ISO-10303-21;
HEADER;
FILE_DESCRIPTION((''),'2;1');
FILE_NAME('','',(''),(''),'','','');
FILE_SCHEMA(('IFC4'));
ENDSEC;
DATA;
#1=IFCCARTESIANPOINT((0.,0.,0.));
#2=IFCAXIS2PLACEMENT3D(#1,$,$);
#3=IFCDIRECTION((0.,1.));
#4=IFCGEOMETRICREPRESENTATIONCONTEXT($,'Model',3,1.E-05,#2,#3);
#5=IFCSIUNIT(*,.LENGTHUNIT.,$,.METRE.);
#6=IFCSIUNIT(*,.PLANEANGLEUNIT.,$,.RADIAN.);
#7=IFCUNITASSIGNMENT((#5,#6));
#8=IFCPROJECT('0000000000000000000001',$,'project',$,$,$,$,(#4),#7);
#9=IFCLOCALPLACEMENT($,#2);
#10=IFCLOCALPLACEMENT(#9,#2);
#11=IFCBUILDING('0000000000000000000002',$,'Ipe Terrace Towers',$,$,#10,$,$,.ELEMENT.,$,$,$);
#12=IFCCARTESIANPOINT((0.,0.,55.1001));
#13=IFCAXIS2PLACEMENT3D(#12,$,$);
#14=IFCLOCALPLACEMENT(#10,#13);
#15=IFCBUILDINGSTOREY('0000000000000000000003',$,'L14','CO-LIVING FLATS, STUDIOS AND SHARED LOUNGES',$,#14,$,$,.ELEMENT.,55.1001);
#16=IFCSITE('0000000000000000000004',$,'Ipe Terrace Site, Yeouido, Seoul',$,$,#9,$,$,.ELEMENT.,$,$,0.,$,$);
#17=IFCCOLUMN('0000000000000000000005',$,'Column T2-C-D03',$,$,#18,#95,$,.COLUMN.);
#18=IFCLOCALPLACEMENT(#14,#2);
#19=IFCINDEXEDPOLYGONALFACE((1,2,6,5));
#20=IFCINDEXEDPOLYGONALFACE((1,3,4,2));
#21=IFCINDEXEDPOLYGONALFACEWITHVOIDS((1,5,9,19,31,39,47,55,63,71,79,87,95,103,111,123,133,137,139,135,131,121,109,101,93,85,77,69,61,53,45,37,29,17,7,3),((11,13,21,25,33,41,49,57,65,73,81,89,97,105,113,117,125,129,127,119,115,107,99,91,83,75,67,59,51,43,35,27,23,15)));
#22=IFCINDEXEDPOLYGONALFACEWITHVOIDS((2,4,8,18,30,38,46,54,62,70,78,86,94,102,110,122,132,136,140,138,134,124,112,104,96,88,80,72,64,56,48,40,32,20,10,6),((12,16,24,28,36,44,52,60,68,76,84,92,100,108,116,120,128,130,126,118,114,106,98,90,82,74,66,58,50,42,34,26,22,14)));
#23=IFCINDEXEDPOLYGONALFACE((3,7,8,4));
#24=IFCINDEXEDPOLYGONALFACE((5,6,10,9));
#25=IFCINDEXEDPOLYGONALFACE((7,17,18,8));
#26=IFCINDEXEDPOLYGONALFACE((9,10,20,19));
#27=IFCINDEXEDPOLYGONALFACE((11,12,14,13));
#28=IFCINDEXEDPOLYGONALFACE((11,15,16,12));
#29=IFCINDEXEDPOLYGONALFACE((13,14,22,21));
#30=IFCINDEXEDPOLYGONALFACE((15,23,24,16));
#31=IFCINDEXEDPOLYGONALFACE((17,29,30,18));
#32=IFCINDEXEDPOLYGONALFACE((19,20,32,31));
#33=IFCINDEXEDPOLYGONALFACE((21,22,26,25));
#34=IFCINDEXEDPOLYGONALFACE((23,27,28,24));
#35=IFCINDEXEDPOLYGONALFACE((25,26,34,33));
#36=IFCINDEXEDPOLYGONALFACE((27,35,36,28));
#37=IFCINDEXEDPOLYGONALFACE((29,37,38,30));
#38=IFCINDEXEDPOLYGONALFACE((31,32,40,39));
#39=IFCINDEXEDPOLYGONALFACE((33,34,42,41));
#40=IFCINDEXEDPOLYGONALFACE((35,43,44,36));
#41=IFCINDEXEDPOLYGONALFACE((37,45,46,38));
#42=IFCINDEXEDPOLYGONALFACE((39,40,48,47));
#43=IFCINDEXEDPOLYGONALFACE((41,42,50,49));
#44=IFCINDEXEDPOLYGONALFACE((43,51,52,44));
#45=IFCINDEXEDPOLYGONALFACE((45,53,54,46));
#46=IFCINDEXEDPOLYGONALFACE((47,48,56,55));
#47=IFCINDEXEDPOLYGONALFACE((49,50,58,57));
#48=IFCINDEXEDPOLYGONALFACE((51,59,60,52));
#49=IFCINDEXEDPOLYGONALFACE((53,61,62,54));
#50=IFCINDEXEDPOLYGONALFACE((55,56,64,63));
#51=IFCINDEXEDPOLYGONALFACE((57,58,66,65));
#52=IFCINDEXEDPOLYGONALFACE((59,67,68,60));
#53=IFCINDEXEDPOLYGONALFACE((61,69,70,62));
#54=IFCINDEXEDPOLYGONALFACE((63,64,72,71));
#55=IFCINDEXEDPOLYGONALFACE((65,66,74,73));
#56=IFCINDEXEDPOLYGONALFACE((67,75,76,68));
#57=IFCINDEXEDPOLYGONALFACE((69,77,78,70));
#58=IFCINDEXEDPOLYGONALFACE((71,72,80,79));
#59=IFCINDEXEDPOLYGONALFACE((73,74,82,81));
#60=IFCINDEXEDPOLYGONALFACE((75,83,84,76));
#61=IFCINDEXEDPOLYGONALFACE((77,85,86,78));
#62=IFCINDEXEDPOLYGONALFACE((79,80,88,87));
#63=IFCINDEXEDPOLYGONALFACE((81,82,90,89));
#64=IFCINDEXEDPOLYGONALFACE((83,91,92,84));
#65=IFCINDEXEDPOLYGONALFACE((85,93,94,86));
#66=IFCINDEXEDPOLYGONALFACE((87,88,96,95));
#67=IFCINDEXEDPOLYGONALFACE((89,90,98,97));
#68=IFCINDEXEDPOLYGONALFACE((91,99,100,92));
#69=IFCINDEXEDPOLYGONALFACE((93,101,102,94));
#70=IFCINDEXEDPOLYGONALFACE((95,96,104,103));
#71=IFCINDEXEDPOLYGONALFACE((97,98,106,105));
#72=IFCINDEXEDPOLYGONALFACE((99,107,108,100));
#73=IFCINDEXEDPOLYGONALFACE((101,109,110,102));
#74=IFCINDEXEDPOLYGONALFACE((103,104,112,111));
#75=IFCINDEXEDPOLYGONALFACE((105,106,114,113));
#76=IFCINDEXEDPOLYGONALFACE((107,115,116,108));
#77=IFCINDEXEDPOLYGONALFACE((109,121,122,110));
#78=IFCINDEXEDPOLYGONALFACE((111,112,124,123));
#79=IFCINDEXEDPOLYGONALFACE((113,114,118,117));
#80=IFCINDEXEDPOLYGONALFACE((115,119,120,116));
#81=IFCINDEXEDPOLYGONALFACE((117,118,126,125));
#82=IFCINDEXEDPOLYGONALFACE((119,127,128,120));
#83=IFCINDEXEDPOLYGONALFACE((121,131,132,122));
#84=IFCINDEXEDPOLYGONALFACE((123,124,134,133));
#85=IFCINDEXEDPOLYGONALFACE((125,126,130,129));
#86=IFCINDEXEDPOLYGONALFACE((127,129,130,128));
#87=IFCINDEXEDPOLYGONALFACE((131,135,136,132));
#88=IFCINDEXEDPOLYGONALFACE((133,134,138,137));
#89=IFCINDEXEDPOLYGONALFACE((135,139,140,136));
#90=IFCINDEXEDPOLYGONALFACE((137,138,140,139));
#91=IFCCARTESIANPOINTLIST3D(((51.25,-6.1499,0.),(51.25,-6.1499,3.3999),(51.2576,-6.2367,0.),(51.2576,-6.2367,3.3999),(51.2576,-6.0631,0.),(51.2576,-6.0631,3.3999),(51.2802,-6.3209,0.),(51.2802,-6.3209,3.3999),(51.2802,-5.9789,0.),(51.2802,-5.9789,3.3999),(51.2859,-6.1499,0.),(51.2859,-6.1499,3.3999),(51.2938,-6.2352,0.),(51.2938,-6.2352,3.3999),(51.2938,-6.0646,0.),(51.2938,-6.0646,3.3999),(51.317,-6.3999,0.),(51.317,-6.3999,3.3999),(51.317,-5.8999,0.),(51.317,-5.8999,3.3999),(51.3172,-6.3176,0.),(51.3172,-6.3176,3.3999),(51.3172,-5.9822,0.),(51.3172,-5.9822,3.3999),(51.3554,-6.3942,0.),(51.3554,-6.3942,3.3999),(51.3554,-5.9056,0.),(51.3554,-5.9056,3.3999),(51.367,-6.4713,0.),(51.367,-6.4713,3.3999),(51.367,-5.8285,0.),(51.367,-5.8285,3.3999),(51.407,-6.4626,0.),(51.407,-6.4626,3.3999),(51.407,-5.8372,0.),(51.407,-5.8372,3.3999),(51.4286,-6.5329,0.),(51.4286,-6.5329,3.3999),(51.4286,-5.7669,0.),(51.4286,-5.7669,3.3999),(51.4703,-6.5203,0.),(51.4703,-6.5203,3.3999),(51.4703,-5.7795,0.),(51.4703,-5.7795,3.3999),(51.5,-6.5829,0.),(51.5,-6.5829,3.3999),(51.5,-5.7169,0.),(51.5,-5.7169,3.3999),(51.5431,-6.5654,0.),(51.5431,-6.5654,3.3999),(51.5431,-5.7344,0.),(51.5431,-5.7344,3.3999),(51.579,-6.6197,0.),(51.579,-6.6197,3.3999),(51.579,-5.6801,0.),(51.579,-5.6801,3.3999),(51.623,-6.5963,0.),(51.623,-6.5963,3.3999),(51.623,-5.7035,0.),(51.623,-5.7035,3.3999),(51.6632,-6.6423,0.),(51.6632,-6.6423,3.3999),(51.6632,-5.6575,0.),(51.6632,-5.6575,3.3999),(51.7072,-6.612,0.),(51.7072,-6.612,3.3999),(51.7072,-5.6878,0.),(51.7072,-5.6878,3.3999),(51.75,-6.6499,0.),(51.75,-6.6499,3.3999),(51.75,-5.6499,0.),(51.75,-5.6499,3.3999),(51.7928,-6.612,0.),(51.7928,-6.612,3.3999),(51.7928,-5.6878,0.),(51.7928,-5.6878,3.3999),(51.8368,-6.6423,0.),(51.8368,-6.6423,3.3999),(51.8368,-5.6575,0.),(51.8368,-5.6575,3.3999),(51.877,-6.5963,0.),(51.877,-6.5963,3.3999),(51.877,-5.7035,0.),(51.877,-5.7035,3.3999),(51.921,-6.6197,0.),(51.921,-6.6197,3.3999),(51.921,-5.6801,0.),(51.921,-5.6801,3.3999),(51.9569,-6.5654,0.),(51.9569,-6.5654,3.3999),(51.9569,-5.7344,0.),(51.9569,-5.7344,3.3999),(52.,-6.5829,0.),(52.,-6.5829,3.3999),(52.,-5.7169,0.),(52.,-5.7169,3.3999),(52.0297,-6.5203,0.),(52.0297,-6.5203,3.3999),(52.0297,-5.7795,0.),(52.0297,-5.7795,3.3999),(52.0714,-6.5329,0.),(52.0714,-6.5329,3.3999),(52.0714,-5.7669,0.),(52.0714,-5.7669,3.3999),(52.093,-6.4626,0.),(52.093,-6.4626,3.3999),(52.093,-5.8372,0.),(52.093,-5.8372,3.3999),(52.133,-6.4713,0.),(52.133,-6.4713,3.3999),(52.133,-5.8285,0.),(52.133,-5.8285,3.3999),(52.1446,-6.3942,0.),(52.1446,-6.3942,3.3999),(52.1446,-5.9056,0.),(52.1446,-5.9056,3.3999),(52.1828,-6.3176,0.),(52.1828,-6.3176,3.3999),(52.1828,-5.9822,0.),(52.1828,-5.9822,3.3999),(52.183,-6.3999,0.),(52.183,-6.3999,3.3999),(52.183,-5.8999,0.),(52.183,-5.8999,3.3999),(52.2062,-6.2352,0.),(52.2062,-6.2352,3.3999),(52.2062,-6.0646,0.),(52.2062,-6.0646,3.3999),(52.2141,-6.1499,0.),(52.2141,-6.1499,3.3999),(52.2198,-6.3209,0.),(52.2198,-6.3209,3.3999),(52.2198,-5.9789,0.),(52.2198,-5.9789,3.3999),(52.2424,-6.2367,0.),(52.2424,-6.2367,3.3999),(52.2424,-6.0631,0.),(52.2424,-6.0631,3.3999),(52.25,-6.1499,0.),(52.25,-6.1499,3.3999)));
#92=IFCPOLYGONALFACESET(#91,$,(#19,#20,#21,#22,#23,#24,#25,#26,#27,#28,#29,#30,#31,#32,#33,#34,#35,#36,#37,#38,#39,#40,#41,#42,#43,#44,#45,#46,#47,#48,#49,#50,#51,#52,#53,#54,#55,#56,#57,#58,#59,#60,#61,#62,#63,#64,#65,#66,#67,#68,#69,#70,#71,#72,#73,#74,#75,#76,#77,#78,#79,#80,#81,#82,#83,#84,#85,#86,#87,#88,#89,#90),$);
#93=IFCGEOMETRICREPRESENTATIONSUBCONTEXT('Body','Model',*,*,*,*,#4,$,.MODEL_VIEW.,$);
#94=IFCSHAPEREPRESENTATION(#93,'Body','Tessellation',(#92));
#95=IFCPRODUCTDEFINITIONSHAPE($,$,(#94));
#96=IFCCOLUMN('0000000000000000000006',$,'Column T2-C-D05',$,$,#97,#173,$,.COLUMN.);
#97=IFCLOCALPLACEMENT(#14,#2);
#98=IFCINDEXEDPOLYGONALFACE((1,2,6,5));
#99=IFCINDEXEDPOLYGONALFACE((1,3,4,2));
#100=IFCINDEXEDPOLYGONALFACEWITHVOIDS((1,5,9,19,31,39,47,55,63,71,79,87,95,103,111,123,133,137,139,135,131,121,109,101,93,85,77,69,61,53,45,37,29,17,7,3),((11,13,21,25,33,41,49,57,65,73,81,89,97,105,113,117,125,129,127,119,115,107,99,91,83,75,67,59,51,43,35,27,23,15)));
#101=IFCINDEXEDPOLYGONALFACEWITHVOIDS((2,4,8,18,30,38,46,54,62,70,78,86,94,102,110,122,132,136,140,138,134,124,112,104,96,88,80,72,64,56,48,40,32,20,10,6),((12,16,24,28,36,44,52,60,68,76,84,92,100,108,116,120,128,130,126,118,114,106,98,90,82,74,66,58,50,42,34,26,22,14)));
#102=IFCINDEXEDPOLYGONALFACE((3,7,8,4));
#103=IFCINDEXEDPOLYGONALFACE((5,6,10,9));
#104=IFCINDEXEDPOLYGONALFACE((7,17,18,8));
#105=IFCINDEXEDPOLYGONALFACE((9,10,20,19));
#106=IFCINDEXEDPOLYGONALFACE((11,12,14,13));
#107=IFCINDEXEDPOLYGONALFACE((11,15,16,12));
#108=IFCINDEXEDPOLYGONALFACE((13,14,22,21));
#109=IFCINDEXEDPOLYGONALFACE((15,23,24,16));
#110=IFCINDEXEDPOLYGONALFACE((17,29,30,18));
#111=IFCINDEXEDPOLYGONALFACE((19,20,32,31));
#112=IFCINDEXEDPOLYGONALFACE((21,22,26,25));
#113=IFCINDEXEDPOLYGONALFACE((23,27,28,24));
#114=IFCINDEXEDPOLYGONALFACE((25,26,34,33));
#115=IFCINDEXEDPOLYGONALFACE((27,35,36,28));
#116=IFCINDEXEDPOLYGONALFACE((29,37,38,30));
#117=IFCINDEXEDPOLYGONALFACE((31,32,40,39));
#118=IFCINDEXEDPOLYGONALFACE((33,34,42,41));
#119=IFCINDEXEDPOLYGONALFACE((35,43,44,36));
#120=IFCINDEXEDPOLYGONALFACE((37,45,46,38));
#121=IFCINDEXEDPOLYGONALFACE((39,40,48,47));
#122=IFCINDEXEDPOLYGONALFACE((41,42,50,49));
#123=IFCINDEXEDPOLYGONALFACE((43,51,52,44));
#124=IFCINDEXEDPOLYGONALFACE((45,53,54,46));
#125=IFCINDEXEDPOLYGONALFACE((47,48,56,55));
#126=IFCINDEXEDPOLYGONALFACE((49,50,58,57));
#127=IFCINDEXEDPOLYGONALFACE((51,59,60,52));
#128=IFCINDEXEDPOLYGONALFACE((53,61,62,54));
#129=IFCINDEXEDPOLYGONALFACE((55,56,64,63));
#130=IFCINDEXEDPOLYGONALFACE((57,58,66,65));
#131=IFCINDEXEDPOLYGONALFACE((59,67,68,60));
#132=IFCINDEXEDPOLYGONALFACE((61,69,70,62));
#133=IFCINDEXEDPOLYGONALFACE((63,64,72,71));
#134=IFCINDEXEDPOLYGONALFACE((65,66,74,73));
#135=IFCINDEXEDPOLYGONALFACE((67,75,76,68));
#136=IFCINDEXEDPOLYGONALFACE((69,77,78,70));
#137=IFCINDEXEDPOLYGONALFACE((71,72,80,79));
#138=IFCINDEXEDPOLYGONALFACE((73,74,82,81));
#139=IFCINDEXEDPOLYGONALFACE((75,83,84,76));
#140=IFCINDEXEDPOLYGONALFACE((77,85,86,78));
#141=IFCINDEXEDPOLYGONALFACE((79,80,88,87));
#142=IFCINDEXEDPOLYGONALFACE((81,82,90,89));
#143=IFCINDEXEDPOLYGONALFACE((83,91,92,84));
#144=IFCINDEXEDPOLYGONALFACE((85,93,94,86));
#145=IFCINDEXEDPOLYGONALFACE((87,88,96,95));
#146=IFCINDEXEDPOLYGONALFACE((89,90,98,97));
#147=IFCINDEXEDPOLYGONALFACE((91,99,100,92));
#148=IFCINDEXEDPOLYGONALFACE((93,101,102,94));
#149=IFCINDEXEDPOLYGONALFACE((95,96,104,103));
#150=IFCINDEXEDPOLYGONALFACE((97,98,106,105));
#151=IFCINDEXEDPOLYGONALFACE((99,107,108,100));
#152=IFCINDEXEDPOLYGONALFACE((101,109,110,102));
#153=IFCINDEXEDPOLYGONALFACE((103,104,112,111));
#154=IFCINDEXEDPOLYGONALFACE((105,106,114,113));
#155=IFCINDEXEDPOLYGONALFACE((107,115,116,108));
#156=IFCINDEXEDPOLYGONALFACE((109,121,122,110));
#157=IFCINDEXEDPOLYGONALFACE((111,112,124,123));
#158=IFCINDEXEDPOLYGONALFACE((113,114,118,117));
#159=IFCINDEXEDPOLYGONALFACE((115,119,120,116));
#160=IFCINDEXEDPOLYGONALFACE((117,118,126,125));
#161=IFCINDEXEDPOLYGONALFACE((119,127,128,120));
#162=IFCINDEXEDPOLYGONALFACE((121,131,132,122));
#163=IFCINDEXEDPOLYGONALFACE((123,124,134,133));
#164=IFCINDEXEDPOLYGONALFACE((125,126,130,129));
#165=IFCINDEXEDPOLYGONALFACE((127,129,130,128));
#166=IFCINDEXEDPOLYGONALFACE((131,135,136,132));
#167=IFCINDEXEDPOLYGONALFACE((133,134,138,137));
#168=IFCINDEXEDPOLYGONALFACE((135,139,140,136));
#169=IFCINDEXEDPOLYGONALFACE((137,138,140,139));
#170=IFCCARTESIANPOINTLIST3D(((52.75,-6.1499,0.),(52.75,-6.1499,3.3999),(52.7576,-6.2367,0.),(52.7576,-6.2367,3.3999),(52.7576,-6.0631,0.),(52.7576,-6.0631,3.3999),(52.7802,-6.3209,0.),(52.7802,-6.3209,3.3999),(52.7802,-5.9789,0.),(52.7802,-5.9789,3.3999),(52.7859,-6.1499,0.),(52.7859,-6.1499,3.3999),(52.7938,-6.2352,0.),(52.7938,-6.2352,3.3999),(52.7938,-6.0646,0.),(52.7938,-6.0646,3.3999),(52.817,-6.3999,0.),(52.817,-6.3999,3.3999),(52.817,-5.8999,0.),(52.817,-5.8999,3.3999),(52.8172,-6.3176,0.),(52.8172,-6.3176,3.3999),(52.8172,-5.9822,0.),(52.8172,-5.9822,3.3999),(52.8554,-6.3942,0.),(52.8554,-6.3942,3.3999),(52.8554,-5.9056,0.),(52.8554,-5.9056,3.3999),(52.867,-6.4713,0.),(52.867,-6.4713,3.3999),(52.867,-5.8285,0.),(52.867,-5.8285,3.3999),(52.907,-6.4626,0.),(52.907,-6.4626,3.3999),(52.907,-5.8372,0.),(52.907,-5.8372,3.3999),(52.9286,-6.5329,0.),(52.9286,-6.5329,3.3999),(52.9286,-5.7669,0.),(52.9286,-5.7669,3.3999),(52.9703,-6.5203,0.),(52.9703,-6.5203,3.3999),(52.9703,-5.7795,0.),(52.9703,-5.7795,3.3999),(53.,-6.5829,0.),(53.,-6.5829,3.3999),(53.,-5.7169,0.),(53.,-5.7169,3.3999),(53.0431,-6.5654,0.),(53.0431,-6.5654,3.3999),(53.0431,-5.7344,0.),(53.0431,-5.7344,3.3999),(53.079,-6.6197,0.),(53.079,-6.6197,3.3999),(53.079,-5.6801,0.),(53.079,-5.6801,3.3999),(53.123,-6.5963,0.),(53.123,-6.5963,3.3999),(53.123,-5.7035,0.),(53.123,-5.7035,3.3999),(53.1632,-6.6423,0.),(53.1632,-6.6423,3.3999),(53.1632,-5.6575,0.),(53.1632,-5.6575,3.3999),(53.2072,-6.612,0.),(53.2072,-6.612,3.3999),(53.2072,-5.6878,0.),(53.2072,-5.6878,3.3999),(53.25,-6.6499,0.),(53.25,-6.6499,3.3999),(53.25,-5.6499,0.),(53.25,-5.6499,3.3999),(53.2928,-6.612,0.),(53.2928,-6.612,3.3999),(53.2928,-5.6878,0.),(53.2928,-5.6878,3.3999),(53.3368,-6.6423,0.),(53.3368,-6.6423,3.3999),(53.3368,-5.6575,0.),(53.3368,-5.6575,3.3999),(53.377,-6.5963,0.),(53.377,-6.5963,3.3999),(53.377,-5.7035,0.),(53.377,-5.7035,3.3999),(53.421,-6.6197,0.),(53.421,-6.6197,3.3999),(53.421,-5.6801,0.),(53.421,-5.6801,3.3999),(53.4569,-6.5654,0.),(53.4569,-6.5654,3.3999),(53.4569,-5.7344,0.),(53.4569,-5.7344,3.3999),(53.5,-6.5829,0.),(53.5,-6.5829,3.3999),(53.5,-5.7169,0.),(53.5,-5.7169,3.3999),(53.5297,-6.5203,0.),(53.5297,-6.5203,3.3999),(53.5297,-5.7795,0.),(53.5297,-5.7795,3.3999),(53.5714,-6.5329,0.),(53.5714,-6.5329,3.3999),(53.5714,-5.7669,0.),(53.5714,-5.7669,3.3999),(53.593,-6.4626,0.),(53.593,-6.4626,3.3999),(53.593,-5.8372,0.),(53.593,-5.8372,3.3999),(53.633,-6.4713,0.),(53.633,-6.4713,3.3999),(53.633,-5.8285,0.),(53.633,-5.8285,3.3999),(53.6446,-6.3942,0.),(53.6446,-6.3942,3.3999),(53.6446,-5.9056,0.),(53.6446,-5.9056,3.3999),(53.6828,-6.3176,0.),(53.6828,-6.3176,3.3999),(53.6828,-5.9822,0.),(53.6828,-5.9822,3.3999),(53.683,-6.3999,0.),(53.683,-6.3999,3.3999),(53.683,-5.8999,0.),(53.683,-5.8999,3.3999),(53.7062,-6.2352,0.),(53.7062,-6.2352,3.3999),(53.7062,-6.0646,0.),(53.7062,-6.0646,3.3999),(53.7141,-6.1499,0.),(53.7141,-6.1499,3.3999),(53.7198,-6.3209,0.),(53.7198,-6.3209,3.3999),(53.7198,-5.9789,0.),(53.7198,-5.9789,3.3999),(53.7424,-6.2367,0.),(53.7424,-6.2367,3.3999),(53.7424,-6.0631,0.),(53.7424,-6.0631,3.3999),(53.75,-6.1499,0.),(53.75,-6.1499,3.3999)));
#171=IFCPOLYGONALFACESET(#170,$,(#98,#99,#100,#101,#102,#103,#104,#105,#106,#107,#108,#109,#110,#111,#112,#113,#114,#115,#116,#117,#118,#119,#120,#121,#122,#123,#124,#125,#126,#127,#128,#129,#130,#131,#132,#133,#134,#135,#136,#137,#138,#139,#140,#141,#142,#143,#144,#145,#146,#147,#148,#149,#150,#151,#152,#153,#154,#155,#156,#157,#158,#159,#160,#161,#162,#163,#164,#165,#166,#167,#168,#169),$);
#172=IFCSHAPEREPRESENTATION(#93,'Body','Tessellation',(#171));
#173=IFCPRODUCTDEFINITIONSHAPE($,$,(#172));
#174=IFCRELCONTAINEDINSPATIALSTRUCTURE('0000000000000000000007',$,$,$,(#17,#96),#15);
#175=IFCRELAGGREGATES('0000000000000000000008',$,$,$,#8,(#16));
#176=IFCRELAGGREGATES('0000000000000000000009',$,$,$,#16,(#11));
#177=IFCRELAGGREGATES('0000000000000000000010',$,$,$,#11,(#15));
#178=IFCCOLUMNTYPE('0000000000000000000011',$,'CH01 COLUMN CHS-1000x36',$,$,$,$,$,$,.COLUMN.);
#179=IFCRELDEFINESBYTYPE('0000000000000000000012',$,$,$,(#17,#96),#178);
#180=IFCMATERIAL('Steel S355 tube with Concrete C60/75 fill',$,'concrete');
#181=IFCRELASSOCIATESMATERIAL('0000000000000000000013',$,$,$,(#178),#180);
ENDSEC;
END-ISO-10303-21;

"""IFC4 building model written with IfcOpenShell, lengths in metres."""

from ifc_helpers import new_model, si_unit, direction, frame, origin, origin_2d, place, context, subcontext, project, spatial, hollow_circle, extrude, material, material_profile, profile_set, type_object, element, save


model = new_model("IFC4")

# Units and contexts
model_context = context("Model", 3, precision=1e-05, world=origin(), true_north=direction((0.0, 1.0)))
body_context = subcontext(model_context, "Body", "Model", "MODEL_VIEW")
ifc_project = project(units=[si_unit("LENGTHUNIT", "METRE"), si_unit("PLANEANGLEUNIT", "RADIAN")], contexts=[model_context])

# Site, building, storey
site_placement = place(None, origin())
site = spatial("IfcSite", under=ifc_project, at=site_placement, Name="Ipe Terrace Site, Yeouido, Seoul", CompositionType="ELEMENT", RefElevation=0.0)
building_placement = place(site_placement, origin())
building = spatial("IfcBuilding", under=site, at=building_placement, Name="Ipe Terrace Towers", CompositionType="ELEMENT")
storey_placement = place(building_placement, frame((0.0, 0.0, 55.1001)))
storey = spatial("IfcBuildingStorey", under=building, at=storey_placement, Name="L14", Description="CO-LIVING FLATS, STUDIOS AND SHARED LOUNGES", CompositionType="ELEMENT", Elevation=55.1001)

# Columns
ifc_material_1 = material(Name="Steel S355 tube with Concrete C60/75 fill", Category="concrete")
ifc_material_profile_1 = material_profile(ifc_material_1, hollow_circle(Radius=0.5, WallThickness=0.0359, at=origin_2d()), Name="CHS-1000x36")
ifc_profile_set_1 = profile_set([ifc_material_profile_1], Name="Steel S355 tube with Concrete C60/75 fill")
column_type_1 = type_object("IfcColumnType", Name="CH01 COLUMN CHS-1000x36", PredefinedType="COLUMN", material=ifc_profile_set_1)
for number, where, z_axis, x_axis, name in (
    (1, (51.75, -6.1499, 0.0), (0.0, 0.0, 1.0), (1.0, 0.0, 0.0), "Column T2-C-D03"),
    (2, (53.25, -6.1499, 0.0), (0.0, 0.0, 1.0), (1.0, 0.0, 0.0), "Column T2-C-D05"),
):
    element("IfcColumn", number, at=place(storey_placement, frame(where, z_axis=z_axis, x_axis=x_axis)), inside=storey, type_object=column_type_1, Name=name, PredefinedType="COLUMN", context=body_context, shape_type="SweptSolid", body=[
        extrude(hollow_circle(Radius=0.5, WallThickness=0.0359, at=origin_2d()), origin(), (0.0, 0.0, 1.0), 3.3999),
    ])

save(model, "model.ifc")
